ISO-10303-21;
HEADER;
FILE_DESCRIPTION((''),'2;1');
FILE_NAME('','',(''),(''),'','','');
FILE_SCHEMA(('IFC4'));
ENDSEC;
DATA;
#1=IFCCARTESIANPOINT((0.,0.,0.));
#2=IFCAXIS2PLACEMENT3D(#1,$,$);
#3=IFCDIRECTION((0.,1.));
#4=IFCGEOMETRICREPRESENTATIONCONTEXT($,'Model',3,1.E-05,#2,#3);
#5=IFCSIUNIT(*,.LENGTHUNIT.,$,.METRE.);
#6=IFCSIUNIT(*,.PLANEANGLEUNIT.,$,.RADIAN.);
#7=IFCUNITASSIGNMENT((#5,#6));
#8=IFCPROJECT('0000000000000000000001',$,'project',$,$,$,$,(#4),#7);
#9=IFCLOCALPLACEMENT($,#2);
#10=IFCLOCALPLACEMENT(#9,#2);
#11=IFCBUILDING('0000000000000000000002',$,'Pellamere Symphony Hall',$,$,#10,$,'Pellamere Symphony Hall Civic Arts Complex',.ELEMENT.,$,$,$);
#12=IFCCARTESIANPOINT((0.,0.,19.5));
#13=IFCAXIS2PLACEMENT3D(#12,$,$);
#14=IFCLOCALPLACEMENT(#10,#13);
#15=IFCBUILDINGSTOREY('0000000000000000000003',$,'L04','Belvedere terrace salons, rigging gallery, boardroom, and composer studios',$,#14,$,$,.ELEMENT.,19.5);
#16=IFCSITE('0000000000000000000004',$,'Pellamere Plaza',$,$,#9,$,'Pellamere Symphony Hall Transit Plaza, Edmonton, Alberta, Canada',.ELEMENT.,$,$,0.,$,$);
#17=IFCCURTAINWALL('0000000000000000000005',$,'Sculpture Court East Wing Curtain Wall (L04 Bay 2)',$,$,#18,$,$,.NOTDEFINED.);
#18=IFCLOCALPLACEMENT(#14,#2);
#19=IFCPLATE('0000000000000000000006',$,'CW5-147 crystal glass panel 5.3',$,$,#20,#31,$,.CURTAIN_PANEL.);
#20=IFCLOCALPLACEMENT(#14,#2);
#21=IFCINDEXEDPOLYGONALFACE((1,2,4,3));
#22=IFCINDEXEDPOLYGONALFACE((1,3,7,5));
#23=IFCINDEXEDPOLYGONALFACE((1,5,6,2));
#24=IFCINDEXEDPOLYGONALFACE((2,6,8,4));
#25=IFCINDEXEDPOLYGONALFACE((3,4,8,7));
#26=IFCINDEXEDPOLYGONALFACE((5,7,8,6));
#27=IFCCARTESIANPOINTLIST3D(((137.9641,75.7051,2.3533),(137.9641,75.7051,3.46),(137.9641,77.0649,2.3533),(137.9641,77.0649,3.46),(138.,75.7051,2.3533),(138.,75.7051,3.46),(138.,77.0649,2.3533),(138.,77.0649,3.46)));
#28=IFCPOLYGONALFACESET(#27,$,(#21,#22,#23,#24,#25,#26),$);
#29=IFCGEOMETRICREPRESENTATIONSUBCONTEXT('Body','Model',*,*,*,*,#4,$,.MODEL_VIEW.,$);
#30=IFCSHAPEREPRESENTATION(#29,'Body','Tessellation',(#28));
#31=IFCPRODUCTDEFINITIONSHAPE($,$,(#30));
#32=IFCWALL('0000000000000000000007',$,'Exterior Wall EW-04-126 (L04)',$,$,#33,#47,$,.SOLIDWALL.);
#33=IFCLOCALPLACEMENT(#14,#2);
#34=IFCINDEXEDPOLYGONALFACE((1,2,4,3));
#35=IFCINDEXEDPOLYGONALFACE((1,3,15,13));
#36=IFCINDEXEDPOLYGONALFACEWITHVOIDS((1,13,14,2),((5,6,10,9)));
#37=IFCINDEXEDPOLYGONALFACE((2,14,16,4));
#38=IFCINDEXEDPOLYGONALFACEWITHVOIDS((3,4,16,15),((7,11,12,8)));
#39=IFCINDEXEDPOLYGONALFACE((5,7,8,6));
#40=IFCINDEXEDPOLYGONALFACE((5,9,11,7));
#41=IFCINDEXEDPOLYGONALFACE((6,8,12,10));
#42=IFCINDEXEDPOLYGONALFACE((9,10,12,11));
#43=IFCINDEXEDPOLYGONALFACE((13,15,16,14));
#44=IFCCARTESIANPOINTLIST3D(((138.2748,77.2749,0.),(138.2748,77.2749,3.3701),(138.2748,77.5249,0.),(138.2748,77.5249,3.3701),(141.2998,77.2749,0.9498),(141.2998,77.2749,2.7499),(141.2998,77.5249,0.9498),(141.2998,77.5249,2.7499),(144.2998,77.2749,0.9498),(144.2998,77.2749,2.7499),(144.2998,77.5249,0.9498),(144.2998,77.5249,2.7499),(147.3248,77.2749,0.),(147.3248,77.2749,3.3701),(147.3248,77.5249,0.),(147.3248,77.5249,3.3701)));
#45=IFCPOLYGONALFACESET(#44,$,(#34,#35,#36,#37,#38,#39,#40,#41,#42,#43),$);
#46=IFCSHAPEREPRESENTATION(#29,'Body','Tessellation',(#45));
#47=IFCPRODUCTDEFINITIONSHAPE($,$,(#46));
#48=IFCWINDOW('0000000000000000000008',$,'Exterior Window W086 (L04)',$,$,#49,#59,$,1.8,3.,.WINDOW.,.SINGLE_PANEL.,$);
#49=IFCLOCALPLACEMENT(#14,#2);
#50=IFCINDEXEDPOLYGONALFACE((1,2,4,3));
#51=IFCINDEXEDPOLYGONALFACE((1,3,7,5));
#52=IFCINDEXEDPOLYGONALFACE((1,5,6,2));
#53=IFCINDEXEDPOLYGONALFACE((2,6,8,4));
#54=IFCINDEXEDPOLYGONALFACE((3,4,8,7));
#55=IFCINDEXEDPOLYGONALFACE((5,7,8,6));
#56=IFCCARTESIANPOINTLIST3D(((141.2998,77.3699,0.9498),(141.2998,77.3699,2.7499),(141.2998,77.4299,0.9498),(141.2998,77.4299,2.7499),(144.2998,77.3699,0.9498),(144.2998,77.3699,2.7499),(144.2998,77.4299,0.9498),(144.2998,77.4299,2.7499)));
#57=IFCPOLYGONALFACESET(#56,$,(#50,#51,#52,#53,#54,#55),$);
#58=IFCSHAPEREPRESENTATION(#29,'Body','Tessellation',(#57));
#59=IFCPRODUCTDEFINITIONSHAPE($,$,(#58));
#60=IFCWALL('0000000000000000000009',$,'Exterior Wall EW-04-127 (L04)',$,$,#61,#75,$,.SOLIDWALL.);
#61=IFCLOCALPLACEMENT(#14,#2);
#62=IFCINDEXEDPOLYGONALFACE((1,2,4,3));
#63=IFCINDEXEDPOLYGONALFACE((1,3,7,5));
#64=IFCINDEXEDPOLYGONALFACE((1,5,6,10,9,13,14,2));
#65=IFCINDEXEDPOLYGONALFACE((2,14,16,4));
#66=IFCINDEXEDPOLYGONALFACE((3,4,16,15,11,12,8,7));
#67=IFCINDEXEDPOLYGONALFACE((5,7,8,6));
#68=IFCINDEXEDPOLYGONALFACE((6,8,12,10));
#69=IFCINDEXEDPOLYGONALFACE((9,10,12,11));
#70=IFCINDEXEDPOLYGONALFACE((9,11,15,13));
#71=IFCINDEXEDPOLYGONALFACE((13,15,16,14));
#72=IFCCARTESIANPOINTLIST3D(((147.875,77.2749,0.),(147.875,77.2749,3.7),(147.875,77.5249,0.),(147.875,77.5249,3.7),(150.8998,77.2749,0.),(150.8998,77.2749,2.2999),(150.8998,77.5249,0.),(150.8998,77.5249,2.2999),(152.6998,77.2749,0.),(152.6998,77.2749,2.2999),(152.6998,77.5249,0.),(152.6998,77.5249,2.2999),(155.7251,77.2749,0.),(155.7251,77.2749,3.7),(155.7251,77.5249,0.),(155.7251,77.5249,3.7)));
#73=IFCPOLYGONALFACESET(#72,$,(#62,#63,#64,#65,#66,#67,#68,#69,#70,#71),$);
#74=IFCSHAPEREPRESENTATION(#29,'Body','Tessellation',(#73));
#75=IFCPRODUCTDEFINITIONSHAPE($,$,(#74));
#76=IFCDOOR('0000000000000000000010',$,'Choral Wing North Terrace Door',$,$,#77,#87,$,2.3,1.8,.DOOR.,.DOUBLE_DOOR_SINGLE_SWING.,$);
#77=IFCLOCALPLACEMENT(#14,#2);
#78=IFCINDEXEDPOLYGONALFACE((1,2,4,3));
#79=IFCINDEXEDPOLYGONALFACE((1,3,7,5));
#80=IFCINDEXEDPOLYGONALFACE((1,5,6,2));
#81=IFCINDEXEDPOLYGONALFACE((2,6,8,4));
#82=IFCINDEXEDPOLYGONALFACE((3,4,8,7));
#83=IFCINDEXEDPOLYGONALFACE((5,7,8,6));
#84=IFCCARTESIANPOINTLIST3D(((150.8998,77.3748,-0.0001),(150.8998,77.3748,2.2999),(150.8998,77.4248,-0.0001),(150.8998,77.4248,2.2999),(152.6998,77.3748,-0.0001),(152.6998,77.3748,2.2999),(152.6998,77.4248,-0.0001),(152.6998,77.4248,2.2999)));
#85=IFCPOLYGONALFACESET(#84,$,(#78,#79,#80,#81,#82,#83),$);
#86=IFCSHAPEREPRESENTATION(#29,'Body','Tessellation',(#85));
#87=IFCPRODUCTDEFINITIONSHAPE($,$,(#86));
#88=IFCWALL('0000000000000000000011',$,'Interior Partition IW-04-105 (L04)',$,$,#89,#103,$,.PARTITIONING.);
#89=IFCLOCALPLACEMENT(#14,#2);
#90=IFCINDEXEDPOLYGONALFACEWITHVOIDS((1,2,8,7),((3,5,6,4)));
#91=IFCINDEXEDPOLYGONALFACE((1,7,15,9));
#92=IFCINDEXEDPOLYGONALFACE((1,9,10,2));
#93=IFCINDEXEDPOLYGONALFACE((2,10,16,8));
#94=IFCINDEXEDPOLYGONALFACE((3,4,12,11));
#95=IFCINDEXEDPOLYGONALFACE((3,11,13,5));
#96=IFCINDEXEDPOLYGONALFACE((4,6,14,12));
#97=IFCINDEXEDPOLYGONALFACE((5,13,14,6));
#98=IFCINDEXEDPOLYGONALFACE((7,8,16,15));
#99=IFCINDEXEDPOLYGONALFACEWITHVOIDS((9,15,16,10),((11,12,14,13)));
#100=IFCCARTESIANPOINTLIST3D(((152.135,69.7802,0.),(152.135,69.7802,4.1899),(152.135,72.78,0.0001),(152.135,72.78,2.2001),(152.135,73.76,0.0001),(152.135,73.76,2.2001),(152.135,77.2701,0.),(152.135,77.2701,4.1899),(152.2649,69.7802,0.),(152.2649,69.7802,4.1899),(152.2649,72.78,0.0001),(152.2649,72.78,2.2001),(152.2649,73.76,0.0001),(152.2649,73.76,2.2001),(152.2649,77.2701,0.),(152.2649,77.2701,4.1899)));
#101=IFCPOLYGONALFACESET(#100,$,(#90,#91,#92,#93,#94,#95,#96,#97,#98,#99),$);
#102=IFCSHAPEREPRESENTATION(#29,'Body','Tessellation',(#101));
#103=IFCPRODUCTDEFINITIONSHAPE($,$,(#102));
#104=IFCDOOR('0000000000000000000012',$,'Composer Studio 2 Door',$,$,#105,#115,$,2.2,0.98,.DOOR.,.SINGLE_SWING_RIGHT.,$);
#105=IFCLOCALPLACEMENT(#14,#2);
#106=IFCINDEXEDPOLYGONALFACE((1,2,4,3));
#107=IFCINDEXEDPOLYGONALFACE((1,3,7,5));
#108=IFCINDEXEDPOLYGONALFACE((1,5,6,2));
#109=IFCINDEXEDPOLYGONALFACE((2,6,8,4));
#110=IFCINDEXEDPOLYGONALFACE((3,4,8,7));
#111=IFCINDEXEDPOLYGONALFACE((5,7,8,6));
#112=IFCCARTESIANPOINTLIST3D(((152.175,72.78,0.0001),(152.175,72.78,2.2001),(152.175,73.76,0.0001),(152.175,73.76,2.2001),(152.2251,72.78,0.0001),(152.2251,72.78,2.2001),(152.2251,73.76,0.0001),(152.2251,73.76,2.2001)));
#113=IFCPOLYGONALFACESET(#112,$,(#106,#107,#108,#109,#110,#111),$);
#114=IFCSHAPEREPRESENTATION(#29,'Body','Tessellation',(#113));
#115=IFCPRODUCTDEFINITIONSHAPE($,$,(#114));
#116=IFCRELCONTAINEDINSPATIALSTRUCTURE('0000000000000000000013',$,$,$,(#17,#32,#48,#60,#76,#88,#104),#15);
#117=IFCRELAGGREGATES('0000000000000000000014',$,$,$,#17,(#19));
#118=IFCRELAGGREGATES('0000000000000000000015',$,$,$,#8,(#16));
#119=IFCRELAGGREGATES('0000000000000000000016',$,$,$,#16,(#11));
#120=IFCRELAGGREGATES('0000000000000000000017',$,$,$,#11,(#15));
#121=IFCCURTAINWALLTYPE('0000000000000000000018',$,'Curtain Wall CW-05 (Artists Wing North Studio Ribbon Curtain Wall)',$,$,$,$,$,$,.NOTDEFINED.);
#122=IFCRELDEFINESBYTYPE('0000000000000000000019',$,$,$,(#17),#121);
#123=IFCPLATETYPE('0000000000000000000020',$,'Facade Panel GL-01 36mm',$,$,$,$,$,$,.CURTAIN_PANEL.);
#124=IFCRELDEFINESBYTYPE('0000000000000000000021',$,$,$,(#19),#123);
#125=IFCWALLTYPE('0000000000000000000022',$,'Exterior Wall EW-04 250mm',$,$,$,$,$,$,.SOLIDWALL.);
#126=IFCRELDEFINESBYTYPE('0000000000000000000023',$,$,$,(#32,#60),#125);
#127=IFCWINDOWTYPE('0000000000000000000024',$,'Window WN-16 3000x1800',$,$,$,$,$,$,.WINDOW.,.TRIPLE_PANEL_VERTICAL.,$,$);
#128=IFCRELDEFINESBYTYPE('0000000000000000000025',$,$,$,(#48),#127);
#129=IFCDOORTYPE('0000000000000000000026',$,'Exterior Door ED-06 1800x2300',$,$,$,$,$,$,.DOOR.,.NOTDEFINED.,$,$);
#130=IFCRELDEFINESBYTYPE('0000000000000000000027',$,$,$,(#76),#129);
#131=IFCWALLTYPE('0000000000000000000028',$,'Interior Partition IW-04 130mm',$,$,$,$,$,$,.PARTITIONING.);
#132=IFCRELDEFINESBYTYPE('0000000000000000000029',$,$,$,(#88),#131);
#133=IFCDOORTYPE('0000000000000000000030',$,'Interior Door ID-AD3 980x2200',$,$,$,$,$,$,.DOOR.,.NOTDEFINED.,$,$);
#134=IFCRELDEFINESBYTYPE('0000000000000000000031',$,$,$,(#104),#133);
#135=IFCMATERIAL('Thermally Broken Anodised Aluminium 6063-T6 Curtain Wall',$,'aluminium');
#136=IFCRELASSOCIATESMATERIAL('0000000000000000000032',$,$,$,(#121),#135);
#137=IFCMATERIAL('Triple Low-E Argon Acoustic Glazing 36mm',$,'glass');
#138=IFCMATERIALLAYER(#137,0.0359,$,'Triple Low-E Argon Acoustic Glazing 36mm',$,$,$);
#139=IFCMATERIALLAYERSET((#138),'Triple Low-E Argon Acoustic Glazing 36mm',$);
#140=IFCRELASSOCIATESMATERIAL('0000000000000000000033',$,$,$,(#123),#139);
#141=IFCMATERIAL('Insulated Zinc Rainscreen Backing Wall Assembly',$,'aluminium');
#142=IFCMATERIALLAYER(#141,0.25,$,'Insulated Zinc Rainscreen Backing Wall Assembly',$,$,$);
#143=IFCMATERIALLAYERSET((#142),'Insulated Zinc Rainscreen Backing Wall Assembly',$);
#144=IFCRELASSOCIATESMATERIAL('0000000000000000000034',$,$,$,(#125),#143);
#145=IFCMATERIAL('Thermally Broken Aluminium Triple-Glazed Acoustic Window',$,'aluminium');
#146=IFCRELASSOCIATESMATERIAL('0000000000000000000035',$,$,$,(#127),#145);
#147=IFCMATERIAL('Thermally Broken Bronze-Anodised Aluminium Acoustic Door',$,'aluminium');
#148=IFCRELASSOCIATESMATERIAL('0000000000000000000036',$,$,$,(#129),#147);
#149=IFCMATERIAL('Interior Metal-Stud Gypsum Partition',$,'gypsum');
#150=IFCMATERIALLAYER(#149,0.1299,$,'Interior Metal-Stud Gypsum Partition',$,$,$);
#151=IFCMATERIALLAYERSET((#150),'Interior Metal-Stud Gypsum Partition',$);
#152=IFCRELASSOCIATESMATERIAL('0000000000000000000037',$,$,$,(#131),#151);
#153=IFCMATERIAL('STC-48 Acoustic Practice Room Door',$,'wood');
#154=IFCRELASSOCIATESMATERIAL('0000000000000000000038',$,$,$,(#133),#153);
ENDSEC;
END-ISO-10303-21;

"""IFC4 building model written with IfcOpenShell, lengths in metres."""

from ifc_helpers import new_model, si_unit, direction, frame, frame_2d, origin, place, context, subcontext, project, spatial, polyline, rectangle, outline, extrude, material, layer, layer_set, type_object, element, fill, aggregate, save


model = new_model("IFC4")

# Units and contexts
model_context = context("Model", 3, precision=1e-05, world=origin(), true_north=direction((0.0, 1.0)))
body_context = subcontext(model_context, "Body", "Model", "MODEL_VIEW")
ifc_project = project(units=[si_unit("LENGTHUNIT", "METRE"), si_unit("PLANEANGLEUNIT", "RADIAN")], contexts=[model_context])

# Site, building, storey
site_placement = place(None, origin())
site = spatial("IfcSite", under=ifc_project, at=site_placement, Name="Pellamere Plaza", LongName="Pellamere Symphony Hall Transit Plaza, Edmonton, Alberta, Canada", CompositionType="ELEMENT", RefElevation=0.0)
building_placement = place(site_placement, origin())
building = spatial("IfcBuilding", under=site, at=building_placement, Name="Pellamere Symphony Hall", LongName="Pellamere Symphony Hall Civic Arts Complex", CompositionType="ELEMENT")
storey_placement = place(building_placement, frame((0.0, 0.0, 19.5)))
storey = spatial("IfcBuildingStorey", under=building, at=storey_placement, Name="L04", Description="Belvedere terrace salons, rigging gallery, boardroom, and composer studios", CompositionType="ELEMENT", Elevation=19.5)

# Curtain wall
ifc_material_1 = material(Name="Thermally Broken Anodised Aluminium 6063-T6 Curtain Wall", Category="aluminium")
curtain_wall_type = type_object("IfcCurtainWallType", Name="Curtain Wall CW-05 (Artists Wing North Studio Ribbon Curtain Wall)", PredefinedType="NOTDEFINED", material=ifc_material_1)
curtain_wall_placement = place(storey_placement, origin())
curtain_wall = element("IfcCurtainWall", 1, at=curtain_wall_placement, inside=storey, type_object=curtain_wall_type, Name="Sculpture Court East Wing Curtain Wall (L04 Bay 2)", PredefinedType="NOTDEFINED")

# Plate
ifc_material_2 = material(Name="Triple Low-E Argon Acoustic Glazing 36mm", Category="glass")
ifc_layer_1 = layer(ifc_material_2, 0.0359, Name="Triple Low-E Argon Acoustic Glazing 36mm")
ifc_layer_set_1 = layer_set([ifc_layer_1], Name="Triple Low-E Argon Acoustic Glazing 36mm")
plate_type = type_object("IfcPlateType", Name="Facade Panel GL-01 36mm", PredefinedType="CURTAIN_PANEL", material=ifc_layer_set_1)
plate_1_placement = place(storey_placement, frame((138.0, 75.7051, 2.3533), z_axis=(1.0, 0.0, 0.0), x_axis=(0.0, 1.0, 0.0)))
plate_1 = element("IfcPlate", 2, at=plate_1_placement, type_object=plate_type, Name="CW5-147 crystal glass panel 5.3", PredefinedType="CURTAIN_PANEL", context=body_context, shape_type="SweptSolid", body=[
    extrude(outline(polyline([(0.0, 0.0), (1.3599, 0.0), (1.3599, 1.1067), (0.0, 1.1067), (0.0, 0.0)])), origin(), (0.0, 0.0, -1.0), 0.0359),
])
aggregate(curtain_wall, [plate_1])

# Wall, opening, window
ifc_material_3 = material(Name="Insulated Zinc Rainscreen Backing Wall Assembly", Category="aluminium")
ifc_layer_2 = layer(ifc_material_3, 0.25, Name="Insulated Zinc Rainscreen Backing Wall Assembly")
ifc_layer_set_2 = layer_set([ifc_layer_2], Name="Insulated Zinc Rainscreen Backing Wall Assembly")
wall_type_1 = type_object("IfcWallType", Name="Exterior Wall EW-04 250mm", PredefinedType="SOLIDWALL", material=ifc_layer_set_2)
wall_1_placement = place(storey_placement, frame((138.2749, 77.3999, 0.0), z_axis=(0.0, 0.0, 1.0), x_axis=(1.0, 0.0, 0.0)))
wall_1 = element("IfcWall", 3, at=wall_1_placement, inside=storey, type_object=wall_type_1, Name="Exterior Wall EW-04-126 (L04)", PredefinedType="SOLIDWALL", context=body_context, shape_type="SweptSolid", body=[
    extrude(rectangle(XDim=9.05, YDim=0.25, at=frame_2d((4.5249, 0.0))), origin(), (0.0, 0.0, 1.0), 3.3701),
])
opening_1_placement = place(wall_1_placement, frame((3.0249, 0.0, 0.95)))
opening_1 = element("IfcOpeningElement", 4, at=opening_1_placement, cuts=wall_1, PredefinedType="OPENING", context=body_context, shape_type="SweptSolid", body=[
    extrude(rectangle(XDim=3.0, YDim=1.8, at=frame_2d((1.5, 0.8999))), frame((0.0, 0.135, 0.0), z_axis=(0.0, -1.0, 0.0), x_axis=(1.0, 0.0, 0.0)), (0.0, 0.0, 1.0), 0.27),
])
ifc_material_4 = material(Name="Thermally Broken Aluminium Triple-Glazed Acoustic Window", Category="aluminium")
window_type = type_object("IfcWindowType", Name="Window WN-16 3000x1800", PartitioningType="TRIPLE_PANEL_VERTICAL", PredefinedType="WINDOW", material=ifc_material_4)
window_placement = place(opening_1_placement, origin())
window = element("IfcWindow", 5, at=window_placement, inside=storey, type_object=window_type, Name="Exterior Window W086 (L04)", OverallHeight=1.8, OverallWidth=3.0, PartitioningType="SINGLE_PANEL", PredefinedType="WINDOW", context=body_context, shape_type="SweptSolid", body=[
    extrude(rectangle(XDim=3.0, YDim=1.8, at=frame_2d((1.5, 0.8999))), frame((0.0, 0.03, 0.0), z_axis=(0.0, -1.0, 0.0), x_axis=(1.0, 0.0, 0.0)), (0.0, 0.0, 1.0), 0.0601),
])
fill(opening_1, window)

# Walls, openings, doors
wall_2_placement = place(storey_placement, frame((147.875, 77.3999, 0.0), z_axis=(0.0, 0.0, 1.0), x_axis=(1.0, 0.0, 0.0)))
wall_2 = element("IfcWall", 6, at=wall_2_placement, inside=storey, type_object=wall_type_1, Name="Exterior Wall EW-04-127 (L04)", PredefinedType="SOLIDWALL", context=body_context, shape_type="SweptSolid", body=[
    extrude(rectangle(XDim=7.8501, YDim=0.25, at=frame_2d((3.925, 0.0))), origin(), (0.0, 0.0, 1.0), 3.7),
])
opening_2_placement = place(wall_2_placement, frame((3.0249, 0.0, 0.0)))
opening_2 = element("IfcOpeningElement", 7, at=opening_2_placement, cuts=wall_2, PredefinedType="OPENING", context=body_context, shape_type="SweptSolid", body=[
    extrude(rectangle(XDim=1.8, YDim=2.3, at=frame_2d((0.8999, 1.1499))), frame((0.0, 0.135, 0.0), z_axis=(0.0, -1.0, 0.0), x_axis=(1.0, 0.0, 0.0)), (0.0, 0.0, 1.0), 0.27),
])
ifc_material_5 = material(Name="Thermally Broken Bronze-Anodised Aluminium Acoustic Door", Category="aluminium")
door_type_1 = type_object("IfcDoorType", Name="Exterior Door ED-06 1800x2300", OperationType="NOTDEFINED", PredefinedType="DOOR", material=ifc_material_5)
door_1_placement = place(opening_2_placement, origin())
door_1 = element("IfcDoor", 8, at=door_1_placement, inside=storey, type_object=door_type_1, Name="Choral Wing North Terrace Door", OperationType="DOUBLE_DOOR_SINGLE_SWING", OverallHeight=2.3, OverallWidth=1.8, PredefinedType="DOOR", context=body_context, shape_type="SweptSolid", body=[
    extrude(rectangle(XDim=1.8, YDim=2.3, at=frame_2d((0.8999, 1.1499))), frame((0.0, 0.0249, 0.0), z_axis=(0.0, -1.0, 0.0), x_axis=(1.0, 0.0, 0.0)), (0.0, 0.0, 1.0), 0.05),
])
fill(opening_2, door_1)
ifc_material_6 = material(Name="Interior Metal-Stud Gypsum Partition", Category="gypsum")
ifc_layer_3 = layer(ifc_material_6, 0.1299, Name="Interior Metal-Stud Gypsum Partition")
ifc_layer_set_3 = layer_set([ifc_layer_3], Name="Interior Metal-Stud Gypsum Partition")
wall_type_2 = type_object("IfcWallType", Name="Interior Partition IW-04 130mm", PredefinedType="PARTITIONING", material=ifc_layer_set_3)
wall_3_placement = place(storey_placement, frame((152.2, 69.78, 0.0), z_axis=(0.0, 0.0, 1.0), x_axis=(0.0, 1.0, 0.0)))
wall_3 = element("IfcWall", 9, at=wall_3_placement, inside=storey, type_object=wall_type_2, Name="Interior Partition IW-04-105 (L04)", PredefinedType="PARTITIONING", context=body_context, shape_type="SweptSolid", body=[
    extrude(rectangle(XDim=7.49, YDim=0.1299, at=frame_2d((3.7451, 0.0))), origin(), (0.0, 0.0, 1.0), 4.1899),
])
opening_3_placement = place(wall_3_placement, frame((3.0, 0.0, 0.0)))
opening_3 = element("IfcOpeningElement", 10, at=opening_3_placement, cuts=wall_3, PredefinedType="OPENING", context=body_context, shape_type="SweptSolid", body=[
    extrude(rectangle(XDim=0.98, YDim=2.2, at=frame_2d((0.49, 1.1001))), frame((0.0, 0.075, 0.0), z_axis=(0.0, -1.0, 0.0), x_axis=(1.0, 0.0, 0.0)), (0.0, 0.0, 1.0), 0.1499),
])
ifc_material_7 = material(Name="STC-48 Acoustic Practice Room Door", Category="wood")
door_type_2 = type_object("IfcDoorType", Name="Interior Door ID-AD3 980x2200", OperationType="NOTDEFINED", PredefinedType="DOOR", material=ifc_material_7)
door_2_placement = place(opening_3_placement, origin())
door_2 = element("IfcDoor", 11, at=door_2_placement, inside=storey, type_object=door_type_2, Name="Composer Studio 2 Door", OperationType="SINGLE_SWING_RIGHT", OverallHeight=2.2, OverallWidth=0.98, PredefinedType="DOOR", context=body_context, shape_type="SweptSolid", body=[
    extrude(rectangle(XDim=0.98, YDim=2.2, at=frame_2d((0.49, 1.1001))), frame((0.0, 0.0249, 0.0), z_axis=(0.0, -1.0, 0.0), x_axis=(1.0, 0.0, 0.0)), (0.0, 0.0, 1.0), 0.05),
])
fill(opening_3, door_2)

save(model, "model.ifc")
